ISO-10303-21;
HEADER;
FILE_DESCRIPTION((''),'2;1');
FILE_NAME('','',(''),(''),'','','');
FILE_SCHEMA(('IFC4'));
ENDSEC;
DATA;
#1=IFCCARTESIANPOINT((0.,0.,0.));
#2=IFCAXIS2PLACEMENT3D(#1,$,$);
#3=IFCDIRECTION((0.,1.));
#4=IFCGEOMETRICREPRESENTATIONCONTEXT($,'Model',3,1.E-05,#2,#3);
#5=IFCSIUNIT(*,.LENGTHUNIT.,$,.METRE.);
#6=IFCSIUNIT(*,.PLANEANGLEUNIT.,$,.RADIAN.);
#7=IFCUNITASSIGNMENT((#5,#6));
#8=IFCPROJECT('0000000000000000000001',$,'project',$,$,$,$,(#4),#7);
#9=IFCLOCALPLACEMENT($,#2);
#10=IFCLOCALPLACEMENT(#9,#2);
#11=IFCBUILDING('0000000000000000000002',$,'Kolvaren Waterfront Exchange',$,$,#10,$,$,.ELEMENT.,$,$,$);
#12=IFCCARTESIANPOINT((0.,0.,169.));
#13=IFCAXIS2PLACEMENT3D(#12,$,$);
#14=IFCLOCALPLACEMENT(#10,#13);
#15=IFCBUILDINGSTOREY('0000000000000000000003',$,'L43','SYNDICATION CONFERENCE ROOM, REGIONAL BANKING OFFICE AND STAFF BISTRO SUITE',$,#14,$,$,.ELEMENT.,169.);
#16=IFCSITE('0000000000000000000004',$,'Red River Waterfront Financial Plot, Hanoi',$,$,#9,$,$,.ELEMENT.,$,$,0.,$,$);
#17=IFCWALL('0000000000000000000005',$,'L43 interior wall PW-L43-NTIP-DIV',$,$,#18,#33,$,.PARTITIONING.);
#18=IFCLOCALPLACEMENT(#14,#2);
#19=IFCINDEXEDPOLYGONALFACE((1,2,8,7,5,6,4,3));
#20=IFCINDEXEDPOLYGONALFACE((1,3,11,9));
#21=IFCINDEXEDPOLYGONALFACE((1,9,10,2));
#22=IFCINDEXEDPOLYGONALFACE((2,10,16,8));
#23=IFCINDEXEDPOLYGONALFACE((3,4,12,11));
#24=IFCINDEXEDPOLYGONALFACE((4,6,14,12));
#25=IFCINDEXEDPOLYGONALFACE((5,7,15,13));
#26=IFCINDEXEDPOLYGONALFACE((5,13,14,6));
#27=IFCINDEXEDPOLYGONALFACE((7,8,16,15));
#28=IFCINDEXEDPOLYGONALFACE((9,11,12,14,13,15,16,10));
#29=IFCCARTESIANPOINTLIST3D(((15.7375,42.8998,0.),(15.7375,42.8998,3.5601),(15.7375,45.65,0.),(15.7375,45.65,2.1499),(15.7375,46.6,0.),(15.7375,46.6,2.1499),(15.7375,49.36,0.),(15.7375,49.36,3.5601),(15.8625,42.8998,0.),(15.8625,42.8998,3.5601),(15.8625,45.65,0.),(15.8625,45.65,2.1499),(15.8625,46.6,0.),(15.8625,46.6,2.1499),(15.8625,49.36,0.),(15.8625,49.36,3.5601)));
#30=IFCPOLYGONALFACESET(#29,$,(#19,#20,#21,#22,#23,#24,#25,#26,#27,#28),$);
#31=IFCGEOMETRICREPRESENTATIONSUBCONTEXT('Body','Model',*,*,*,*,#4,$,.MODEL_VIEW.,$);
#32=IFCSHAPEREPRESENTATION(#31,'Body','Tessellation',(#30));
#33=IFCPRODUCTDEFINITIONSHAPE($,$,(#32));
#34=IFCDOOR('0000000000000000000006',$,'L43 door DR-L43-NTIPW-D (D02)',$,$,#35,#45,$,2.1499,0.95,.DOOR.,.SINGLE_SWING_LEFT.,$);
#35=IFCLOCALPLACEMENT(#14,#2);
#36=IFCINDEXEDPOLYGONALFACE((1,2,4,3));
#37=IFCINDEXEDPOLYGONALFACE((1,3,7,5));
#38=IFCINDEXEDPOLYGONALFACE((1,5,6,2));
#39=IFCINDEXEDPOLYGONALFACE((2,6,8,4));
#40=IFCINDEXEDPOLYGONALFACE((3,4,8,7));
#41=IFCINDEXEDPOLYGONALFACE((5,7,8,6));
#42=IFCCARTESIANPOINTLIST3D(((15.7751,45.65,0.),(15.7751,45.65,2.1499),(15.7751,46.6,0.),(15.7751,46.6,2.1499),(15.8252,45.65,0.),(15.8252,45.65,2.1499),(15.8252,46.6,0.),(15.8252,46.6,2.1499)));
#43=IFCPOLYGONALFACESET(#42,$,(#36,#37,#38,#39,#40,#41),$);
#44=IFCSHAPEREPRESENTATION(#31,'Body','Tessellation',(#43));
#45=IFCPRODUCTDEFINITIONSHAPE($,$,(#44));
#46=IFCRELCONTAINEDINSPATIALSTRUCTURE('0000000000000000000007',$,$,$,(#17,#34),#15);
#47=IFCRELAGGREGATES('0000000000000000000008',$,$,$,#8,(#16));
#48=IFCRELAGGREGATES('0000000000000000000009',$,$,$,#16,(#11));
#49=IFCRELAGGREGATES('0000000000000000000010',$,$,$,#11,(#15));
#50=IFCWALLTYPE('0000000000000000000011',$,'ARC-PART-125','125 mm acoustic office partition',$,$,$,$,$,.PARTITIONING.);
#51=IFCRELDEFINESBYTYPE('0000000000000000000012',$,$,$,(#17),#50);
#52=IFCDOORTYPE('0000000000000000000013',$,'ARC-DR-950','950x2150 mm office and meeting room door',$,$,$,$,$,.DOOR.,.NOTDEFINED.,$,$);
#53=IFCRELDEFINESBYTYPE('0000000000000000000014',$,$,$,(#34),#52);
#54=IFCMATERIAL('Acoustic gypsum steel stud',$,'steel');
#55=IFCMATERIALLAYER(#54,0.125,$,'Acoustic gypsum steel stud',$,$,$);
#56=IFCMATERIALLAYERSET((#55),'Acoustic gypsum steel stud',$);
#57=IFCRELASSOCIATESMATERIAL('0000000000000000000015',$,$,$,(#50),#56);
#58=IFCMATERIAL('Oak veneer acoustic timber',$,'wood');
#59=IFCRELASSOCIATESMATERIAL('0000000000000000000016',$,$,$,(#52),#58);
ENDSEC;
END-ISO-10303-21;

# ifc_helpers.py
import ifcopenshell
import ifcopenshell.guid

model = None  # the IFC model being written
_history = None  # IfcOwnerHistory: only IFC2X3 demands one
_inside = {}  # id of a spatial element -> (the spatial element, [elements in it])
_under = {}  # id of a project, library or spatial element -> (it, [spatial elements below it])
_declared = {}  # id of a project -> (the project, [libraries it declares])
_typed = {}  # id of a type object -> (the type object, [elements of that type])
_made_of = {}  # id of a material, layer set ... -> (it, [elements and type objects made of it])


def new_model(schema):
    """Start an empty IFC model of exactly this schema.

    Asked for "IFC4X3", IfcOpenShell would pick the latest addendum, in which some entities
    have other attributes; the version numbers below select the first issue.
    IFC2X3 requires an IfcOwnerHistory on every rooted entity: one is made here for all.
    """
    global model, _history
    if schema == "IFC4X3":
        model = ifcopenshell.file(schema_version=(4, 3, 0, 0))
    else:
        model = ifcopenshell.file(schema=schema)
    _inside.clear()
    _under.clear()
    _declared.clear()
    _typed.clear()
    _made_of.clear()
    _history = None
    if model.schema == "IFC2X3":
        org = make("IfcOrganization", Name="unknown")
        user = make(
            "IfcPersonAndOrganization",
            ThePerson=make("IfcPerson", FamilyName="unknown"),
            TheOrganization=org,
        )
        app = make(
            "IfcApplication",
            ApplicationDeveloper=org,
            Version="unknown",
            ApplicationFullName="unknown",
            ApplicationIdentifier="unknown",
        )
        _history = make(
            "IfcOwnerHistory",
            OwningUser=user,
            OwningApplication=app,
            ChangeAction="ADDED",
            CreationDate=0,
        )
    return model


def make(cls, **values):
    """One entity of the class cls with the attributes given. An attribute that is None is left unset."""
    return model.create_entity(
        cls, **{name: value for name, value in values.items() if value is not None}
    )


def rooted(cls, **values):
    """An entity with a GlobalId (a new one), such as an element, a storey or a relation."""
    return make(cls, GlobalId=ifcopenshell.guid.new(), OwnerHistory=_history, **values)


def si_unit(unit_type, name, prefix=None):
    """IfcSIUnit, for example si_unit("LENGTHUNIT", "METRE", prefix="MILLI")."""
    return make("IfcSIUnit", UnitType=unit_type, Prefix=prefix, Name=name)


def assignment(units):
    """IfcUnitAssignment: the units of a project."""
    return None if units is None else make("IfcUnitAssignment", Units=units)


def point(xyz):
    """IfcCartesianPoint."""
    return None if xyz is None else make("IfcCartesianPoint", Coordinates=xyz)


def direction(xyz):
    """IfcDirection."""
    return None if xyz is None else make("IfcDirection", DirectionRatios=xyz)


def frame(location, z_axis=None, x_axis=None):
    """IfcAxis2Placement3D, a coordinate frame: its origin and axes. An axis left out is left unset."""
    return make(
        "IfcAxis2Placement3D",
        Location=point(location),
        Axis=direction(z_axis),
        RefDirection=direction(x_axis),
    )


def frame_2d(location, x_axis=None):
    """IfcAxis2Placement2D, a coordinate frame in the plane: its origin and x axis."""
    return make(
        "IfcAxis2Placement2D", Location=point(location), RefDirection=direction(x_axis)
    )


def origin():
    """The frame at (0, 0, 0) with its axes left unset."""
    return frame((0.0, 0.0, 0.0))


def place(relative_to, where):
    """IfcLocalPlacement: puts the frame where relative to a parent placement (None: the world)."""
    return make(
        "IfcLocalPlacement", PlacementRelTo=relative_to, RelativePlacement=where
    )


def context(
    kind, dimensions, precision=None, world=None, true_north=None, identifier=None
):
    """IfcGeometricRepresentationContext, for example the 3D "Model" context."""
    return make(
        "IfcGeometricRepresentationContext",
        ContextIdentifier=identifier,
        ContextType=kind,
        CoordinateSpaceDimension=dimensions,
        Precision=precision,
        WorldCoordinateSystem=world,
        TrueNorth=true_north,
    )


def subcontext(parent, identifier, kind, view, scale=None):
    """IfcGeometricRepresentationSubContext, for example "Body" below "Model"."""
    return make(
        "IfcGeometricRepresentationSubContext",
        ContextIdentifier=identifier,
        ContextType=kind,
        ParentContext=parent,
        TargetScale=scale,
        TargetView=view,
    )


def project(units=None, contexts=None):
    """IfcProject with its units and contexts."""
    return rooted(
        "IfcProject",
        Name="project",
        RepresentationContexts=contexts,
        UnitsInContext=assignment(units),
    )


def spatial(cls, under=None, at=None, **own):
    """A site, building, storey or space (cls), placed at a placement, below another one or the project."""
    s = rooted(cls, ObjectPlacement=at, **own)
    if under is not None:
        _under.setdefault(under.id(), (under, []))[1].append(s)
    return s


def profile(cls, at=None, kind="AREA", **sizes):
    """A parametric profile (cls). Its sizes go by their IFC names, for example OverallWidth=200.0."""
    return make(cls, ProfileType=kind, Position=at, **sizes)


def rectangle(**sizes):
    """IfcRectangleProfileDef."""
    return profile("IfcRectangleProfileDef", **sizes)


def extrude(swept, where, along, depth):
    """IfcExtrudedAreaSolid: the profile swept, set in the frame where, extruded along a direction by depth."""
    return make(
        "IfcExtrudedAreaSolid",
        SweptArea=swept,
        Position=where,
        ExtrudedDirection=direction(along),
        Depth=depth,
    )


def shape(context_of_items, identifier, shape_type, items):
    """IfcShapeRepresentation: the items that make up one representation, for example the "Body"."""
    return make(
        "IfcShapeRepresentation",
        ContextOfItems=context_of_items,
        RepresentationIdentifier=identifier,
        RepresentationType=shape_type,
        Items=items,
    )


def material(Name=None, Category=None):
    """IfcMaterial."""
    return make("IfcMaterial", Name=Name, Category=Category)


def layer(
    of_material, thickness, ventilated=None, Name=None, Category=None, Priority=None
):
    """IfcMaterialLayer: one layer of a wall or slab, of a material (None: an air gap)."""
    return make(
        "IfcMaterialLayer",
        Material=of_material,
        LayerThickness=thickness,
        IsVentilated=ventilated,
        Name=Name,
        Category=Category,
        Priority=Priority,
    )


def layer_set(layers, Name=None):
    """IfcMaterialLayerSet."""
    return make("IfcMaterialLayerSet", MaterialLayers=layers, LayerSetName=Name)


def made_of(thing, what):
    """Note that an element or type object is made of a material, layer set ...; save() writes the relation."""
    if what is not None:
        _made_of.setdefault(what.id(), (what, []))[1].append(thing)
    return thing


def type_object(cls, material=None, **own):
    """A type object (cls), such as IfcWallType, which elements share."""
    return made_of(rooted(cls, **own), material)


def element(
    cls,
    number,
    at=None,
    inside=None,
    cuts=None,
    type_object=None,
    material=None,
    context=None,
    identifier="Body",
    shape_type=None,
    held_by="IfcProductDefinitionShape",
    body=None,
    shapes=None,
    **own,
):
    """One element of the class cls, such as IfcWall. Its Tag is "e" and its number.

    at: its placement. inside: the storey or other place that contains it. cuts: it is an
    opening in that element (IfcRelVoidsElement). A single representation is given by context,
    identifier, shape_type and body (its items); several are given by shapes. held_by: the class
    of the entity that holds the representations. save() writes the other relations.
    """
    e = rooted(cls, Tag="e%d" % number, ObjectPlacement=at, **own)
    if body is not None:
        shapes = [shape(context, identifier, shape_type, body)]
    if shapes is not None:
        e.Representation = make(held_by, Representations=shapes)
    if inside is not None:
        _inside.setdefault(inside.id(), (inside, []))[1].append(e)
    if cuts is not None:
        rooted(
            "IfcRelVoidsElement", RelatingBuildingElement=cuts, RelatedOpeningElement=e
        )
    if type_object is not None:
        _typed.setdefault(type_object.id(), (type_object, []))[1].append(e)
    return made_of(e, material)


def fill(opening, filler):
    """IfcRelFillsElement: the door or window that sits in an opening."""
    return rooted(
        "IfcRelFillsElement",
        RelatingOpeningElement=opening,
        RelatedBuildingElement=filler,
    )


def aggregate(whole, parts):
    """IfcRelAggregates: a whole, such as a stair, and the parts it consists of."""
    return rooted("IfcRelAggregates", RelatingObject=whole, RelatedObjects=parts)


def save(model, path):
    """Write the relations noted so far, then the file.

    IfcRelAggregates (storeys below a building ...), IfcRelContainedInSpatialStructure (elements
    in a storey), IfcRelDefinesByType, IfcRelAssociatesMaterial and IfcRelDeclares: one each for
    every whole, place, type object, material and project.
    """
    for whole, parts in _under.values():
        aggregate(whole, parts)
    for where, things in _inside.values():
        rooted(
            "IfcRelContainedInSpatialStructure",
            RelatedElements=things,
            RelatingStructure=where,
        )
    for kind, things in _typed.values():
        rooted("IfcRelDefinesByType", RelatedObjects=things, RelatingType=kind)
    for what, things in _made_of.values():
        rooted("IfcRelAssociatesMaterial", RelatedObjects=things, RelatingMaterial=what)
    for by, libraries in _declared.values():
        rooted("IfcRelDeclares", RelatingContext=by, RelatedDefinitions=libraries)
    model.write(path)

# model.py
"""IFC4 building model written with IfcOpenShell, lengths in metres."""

from ifc_helpers import new_model, si_unit, direction, frame, frame_2d, origin, place, context, subcontext, project, spatial, rectangle, extrude, material, layer, layer_set, type_object, element, fill, save


model = new_model("IFC4")

# Units and contexts
model_context = context("Model", 3, precision=1e-05, world=origin(), true_north=direction((0.0, 1.0)))
body_context = subcontext(model_context, "Body", "Model", "MODEL_VIEW")
ifc_project = project(units=[si_unit("LENGTHUNIT", "METRE"), si_unit("PLANEANGLEUNIT", "RADIAN")], contexts=[model_context])

# Site, building, storey
site_placement = place(None, origin())
site = spatial("IfcSite", under=ifc_project, at=site_placement, Name="Red River Waterfront Financial Plot, Hanoi", CompositionType="ELEMENT", RefElevation=0.0)
building_placement = place(site_placement, origin())
building = spatial("IfcBuilding", under=site, at=building_placement, Name="Kolvaren Waterfront Exchange", CompositionType="ELEMENT")
storey_placement = place(building_placement, frame((0.0, 0.0, 169.0)))
storey = spatial("IfcBuildingStorey", under=building, at=storey_placement, Name="L43", Description="SYNDICATION CONFERENCE ROOM, REGIONAL BANKING OFFICE AND STAFF BISTRO SUITE", CompositionType="ELEMENT", Elevation=169.0)

# Wall, opening, door
ifc_material_1 = material(Name="Acoustic gypsum steel stud", Category="steel")
ifc_layer_1 = layer(ifc_material_1, 0.125, Name="Acoustic gypsum steel stud")
ifc_layer_set_1 = layer_set([ifc_layer_1], Name="Acoustic gypsum steel stud")
wall_type_1 = type_object("IfcWallType", Name="ARC-PART-125", Description="125 mm acoustic office partition", PredefinedType="PARTITIONING", material=ifc_layer_set_1)
wall_1_placement = place(storey_placement, frame((15.8, 42.8999, 0.0), z_axis=(0.0, 0.0, 1.0), x_axis=(0.0, 1.0, 0.0)))
wall_1 = element("IfcWall", 1, at=wall_1_placement, inside=storey, type_object=wall_type_1, Name="L43 interior wall PW-L43-NTIP-DIV", PredefinedType="PARTITIONING", context=body_context, shape_type="SweptSolid", body=[
    extrude(rectangle(XDim=6.4602, YDim=0.125, at=frame_2d((3.23, 0.0))), origin(), (0.0, 0.0, 1.0), 3.5601),
])
opening_1_placement = place(wall_1_placement, frame((2.75, 0.0, 0.0)))
opening_1 = element("IfcOpeningElement", 2, at=opening_1_placement, cuts=wall_1, PredefinedType="OPENING", context=body_context, shape_type="SweptSolid", body=[
    extrude(rectangle(XDim=0.95, YDim=2.1499, at=frame_2d((0.4751, 1.075))), frame((0.0, 0.0725, 0.0), z_axis=(0.0, -1.0, 0.0), x_axis=(1.0, 0.0, 0.0)), (0.0, 0.0, 1.0), 0.145),
])
ifc_material_2 = material(Name="Oak veneer acoustic timber", Category="wood")
door_type_1 = type_object("IfcDoorType", Name="ARC-DR-950", Description="950x2150 mm office and meeting room door", OperationType="NOTDEFINED", PredefinedType="DOOR", material=ifc_material_2)
door_1_placement = place(opening_1_placement, origin())
door_1 = element("IfcDoor", 3, at=door_1_placement, inside=storey, type_object=door_type_1, Name="L43 door DR-L43-NTIPW-D (D02)", OperationType="SINGLE_SWING_LEFT", OverallHeight=2.1499, OverallWidth=0.95, PredefinedType="DOOR", context=body_context, shape_type="SweptSolid", body=[
    extrude(rectangle(XDim=0.95, YDim=2.1499, at=frame_2d((0.4751, 1.075))), frame((0.0, 0.0249, 0.0), z_axis=(0.0, -1.0, 0.0), x_axis=(1.0, 0.0, 0.0)), (0.0, 0.0, 1.0), 0.05),
])
fill(opening_1, door_1)

save(model, "model.ifc")
